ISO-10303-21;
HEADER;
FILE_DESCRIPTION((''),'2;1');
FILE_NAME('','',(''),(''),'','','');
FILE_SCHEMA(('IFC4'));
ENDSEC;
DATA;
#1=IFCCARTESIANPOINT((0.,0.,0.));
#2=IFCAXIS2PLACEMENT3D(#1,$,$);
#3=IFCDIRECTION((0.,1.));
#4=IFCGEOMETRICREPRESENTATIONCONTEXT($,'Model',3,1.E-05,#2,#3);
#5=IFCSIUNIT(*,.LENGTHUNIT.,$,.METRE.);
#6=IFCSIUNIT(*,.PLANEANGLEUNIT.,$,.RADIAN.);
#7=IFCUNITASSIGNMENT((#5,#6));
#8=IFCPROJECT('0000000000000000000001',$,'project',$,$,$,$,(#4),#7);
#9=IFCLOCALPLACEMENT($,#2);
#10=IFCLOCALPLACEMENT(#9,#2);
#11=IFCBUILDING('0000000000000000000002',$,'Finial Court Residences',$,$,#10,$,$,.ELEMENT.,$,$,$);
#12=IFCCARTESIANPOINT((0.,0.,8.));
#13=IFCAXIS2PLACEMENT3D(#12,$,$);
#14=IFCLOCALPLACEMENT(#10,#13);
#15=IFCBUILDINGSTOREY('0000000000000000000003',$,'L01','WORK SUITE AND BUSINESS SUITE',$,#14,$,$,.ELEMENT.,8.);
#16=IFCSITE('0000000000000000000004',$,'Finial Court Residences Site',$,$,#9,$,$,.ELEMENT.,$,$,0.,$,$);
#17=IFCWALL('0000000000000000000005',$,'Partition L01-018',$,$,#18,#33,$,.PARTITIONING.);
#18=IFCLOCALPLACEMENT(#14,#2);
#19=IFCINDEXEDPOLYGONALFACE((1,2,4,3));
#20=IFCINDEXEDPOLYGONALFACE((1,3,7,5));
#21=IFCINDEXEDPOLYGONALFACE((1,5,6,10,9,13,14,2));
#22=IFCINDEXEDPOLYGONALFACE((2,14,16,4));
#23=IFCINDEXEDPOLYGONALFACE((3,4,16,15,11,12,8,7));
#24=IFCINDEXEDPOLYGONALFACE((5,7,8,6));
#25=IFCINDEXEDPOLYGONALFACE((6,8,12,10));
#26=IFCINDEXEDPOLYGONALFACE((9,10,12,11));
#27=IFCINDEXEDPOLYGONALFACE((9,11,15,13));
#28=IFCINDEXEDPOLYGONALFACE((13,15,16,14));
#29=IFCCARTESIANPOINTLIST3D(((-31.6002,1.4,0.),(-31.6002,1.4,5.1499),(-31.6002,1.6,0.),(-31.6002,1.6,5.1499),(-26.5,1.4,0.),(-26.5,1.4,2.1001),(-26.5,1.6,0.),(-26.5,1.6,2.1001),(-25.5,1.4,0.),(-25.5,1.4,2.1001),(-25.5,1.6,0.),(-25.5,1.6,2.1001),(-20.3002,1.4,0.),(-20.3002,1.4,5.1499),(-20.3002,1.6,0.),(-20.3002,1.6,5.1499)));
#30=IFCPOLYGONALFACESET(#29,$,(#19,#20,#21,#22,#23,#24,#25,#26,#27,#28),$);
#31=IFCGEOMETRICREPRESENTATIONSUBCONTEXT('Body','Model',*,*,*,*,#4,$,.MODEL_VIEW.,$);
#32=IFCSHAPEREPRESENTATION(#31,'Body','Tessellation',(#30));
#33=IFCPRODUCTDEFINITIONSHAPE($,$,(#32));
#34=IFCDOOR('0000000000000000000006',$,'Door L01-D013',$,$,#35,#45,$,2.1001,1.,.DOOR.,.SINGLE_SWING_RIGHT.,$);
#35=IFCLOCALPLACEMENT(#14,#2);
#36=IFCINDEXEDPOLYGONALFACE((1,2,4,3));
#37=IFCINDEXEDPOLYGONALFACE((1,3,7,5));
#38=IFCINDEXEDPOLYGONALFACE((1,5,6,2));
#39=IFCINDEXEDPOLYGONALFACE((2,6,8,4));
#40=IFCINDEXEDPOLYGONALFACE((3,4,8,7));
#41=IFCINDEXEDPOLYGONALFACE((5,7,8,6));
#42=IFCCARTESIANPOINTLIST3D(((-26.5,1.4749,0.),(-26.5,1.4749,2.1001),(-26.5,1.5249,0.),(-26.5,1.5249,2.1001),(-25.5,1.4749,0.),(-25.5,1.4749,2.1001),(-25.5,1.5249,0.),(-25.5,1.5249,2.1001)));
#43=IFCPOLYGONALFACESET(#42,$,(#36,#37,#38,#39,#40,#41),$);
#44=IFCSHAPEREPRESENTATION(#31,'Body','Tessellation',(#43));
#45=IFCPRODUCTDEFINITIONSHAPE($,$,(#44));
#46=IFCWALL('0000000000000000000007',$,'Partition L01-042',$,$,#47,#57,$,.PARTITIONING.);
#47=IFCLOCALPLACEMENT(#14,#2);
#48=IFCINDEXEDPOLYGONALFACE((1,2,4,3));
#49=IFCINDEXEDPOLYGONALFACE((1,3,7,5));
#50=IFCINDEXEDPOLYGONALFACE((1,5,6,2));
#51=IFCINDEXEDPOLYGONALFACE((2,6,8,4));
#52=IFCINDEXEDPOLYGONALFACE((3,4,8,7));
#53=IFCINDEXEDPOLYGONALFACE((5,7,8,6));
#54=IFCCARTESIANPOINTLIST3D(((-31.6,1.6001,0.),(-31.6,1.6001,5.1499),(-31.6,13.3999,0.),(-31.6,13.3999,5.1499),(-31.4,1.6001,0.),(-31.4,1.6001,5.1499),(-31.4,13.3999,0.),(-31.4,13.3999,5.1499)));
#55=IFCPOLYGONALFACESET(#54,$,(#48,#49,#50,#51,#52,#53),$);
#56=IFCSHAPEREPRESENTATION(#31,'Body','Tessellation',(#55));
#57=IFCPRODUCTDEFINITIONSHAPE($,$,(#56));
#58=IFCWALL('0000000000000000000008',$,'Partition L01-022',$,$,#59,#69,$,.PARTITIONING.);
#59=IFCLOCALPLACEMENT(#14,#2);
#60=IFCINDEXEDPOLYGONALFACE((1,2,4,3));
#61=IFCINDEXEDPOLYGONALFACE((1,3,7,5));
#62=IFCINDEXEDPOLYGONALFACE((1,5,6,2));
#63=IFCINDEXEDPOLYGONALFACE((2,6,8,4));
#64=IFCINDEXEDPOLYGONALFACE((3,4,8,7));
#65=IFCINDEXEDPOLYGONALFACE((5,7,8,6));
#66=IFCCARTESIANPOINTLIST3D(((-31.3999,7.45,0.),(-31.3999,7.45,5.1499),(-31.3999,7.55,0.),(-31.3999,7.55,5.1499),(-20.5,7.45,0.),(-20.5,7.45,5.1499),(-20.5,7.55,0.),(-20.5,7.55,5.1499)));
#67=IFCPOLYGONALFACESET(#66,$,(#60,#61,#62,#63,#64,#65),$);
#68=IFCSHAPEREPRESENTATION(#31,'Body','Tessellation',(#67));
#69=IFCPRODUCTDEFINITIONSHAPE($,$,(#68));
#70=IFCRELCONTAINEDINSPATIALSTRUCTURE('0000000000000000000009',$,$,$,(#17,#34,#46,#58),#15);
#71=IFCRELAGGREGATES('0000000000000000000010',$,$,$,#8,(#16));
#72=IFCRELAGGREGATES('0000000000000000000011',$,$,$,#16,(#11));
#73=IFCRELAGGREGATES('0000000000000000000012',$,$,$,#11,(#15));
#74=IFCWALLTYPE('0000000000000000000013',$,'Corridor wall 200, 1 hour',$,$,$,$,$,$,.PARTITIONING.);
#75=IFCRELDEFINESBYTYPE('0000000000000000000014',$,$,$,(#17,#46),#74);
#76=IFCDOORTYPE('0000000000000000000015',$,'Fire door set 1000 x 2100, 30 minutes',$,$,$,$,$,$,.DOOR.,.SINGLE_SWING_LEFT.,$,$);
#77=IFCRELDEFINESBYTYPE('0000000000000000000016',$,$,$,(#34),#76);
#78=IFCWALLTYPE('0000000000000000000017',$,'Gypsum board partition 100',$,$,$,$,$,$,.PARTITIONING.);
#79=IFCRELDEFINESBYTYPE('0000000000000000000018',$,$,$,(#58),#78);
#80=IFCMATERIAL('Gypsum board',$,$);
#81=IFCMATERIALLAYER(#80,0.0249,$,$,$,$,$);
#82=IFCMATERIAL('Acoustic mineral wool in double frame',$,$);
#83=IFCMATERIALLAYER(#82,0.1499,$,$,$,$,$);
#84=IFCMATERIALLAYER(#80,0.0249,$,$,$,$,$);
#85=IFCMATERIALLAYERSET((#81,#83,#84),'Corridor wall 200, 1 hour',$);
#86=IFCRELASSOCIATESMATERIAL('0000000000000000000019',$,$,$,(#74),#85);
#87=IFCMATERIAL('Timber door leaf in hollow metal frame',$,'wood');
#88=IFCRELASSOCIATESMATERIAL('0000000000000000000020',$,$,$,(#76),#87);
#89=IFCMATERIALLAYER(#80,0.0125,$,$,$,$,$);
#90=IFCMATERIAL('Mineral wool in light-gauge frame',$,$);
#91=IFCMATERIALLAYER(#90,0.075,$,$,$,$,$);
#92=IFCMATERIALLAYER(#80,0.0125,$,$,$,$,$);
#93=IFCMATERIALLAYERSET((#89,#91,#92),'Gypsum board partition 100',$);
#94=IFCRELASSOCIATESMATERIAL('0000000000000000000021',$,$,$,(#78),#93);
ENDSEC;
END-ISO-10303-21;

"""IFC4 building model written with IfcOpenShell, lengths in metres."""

from ifc_helpers import new_model, si_unit, direction, frame, frame_2d, origin, place, context, subcontext, project, spatial, rectangle, extrude, material, layer, layer_set, type_object, element, fill, save


model = new_model("IFC4")

# Units and contexts
model_context = context("Model", 3, precision=1e-05, world=origin(), true_north=direction((0.0, 1.0)))
body_context = subcontext(model_context, "Body", "Model", "MODEL_VIEW")
ifc_project = project(units=[si_unit("LENGTHUNIT", "METRE"), si_unit("PLANEANGLEUNIT", "RADIAN")], contexts=[model_context])

# Site, building, storey
site_placement = place(None, origin())
site = spatial("IfcSite", under=ifc_project, at=site_placement, Name="Finial Court Residences Site", CompositionType="ELEMENT", RefElevation=0.0)
building_placement = place(site_placement, origin())
building = spatial("IfcBuilding", under=site, at=building_placement, Name="Finial Court Residences", CompositionType="ELEMENT")
storey_placement = place(building_placement, frame((0.0, 0.0, 8.0)))
storey = spatial("IfcBuildingStorey", under=building, at=storey_placement, Name="L01", Description="WORK SUITE AND BUSINESS SUITE", CompositionType="ELEMENT", Elevation=8.0)

# Wall, opening, door
ifc_material_1 = material(Name="Gypsum board")
ifc_layer_1 = layer(ifc_material_1, 0.0249)
ifc_material_2 = material(Name="Acoustic mineral wool in double frame")
ifc_layer_2 = layer(ifc_material_2, 0.1499)
ifc_layer_3 = layer(ifc_material_1, 0.0249)
ifc_layer_set_1 = layer_set([ifc_layer_1, ifc_layer_2, ifc_layer_3], Name="Corridor wall 200, 1 hour")
wall_type_1 = type_object("IfcWallType", Name="Corridor wall 200, 1 hour", PredefinedType="PARTITIONING", material=ifc_layer_set_1)
wall_1_placement = place(storey_placement, frame((-31.6001, 1.5, 0.0), z_axis=(0.0, 0.0, 1.0), x_axis=(1.0, 0.0, 0.0)))
wall_1 = element("IfcWall", 1, at=wall_1_placement, inside=storey, type_object=wall_type_1, Name="Partition L01-018", PredefinedType="PARTITIONING", context=body_context, shape_type="SweptSolid", body=[
    extrude(rectangle(XDim=11.3, YDim=0.2, at=frame_2d((5.6499, 0.0))), origin(), (0.0, 0.0, 1.0), 5.1499),
])
opening_placement = place(wall_1_placement, frame((5.1001, 0.0, 0.0)))
opening = element("IfcOpeningElement", 2, at=opening_placement, cuts=wall_1, PredefinedType="OPENING", context=body_context, shape_type="SweptSolid", body=[
    extrude(rectangle(XDim=1.0, YDim=2.1001, at=frame_2d((0.5, 1.05))), frame((0.0, 0.1099, 0.0), z_axis=(0.0, -1.0, 0.0), x_axis=(1.0, 0.0, 0.0)), (0.0, 0.0, 1.0), 0.22),
])
ifc_material_3 = material(Name="Timber door leaf in hollow metal frame", Category="wood")
door_type = type_object("IfcDoorType", Name="Fire door set 1000 x 2100, 30 minutes", OperationType="SINGLE_SWING_LEFT", PredefinedType="DOOR", material=ifc_material_3)
door_placement = place(opening_placement, origin())
door = element("IfcDoor", 3, at=door_placement, inside=storey, type_object=door_type, Name="Door L01-D013", OperationType="SINGLE_SWING_RIGHT", OverallHeight=2.1001, OverallWidth=1.0, PredefinedType="DOOR", context=body_context, shape_type="SweptSolid", body=[
    extrude(rectangle(XDim=1.0, YDim=2.1001, at=frame_2d((0.5, 1.05))), frame((0.0, 0.0249, 0.0), z_axis=(0.0, -1.0, 0.0), x_axis=(1.0, 0.0, 0.0)), (0.0, 0.0, 1.0), 0.05),
])
fill(opening, door)

# Walls
wall_2_placement = place(storey_placement, frame((-31.5, 1.6001, 0.0), z_axis=(0.0, 0.0, 1.0), x_axis=(0.0, 1.0, 0.0)))
element("IfcWall", 4, at=wall_2_placement, inside=storey, type_object=wall_type_1, Name="Partition L01-042", PredefinedType="PARTITIONING", context=body_context, shape_type="SweptSolid", body=[
    extrude(rectangle(XDim=11.7998, YDim=0.2, at=frame_2d((5.8999, 0.0))), origin(), (0.0, 0.0, 1.0), 5.1499),
])
ifc_layer_4 = layer(ifc_material_1, 0.0125)
ifc_material_4 = material(Name="Mineral wool in light-gauge frame")
ifc_layer_5 = layer(ifc_material_4, 0.075)
ifc_layer_6 = layer(ifc_material_1, 0.0125)
ifc_layer_set_2 = layer_set([ifc_layer_4, ifc_layer_5, ifc_layer_6], Name="Gypsum board partition 100")
wall_type_2 = type_object("IfcWallType", Name="Gypsum board partition 100", PredefinedType="PARTITIONING", material=ifc_layer_set_2)
wall_3_placement = place(storey_placement, frame((-31.3999, 7.5, 0.0), z_axis=(0.0, 0.0, 1.0), x_axis=(1.0, 0.0, 0.0)))
element("IfcWall", 5, at=wall_3_placement, inside=storey, type_object=wall_type_2, Name="Partition L01-022", PredefinedType="PARTITIONING", context=body_context, shape_type="SweptSolid", body=[
    extrude(rectangle(XDim=10.8999, YDim=0.1001, at=frame_2d((5.45, 0.0))), origin(), (0.0, 0.0, 1.0), 5.1499),
])

save(model, "model.ifc")
